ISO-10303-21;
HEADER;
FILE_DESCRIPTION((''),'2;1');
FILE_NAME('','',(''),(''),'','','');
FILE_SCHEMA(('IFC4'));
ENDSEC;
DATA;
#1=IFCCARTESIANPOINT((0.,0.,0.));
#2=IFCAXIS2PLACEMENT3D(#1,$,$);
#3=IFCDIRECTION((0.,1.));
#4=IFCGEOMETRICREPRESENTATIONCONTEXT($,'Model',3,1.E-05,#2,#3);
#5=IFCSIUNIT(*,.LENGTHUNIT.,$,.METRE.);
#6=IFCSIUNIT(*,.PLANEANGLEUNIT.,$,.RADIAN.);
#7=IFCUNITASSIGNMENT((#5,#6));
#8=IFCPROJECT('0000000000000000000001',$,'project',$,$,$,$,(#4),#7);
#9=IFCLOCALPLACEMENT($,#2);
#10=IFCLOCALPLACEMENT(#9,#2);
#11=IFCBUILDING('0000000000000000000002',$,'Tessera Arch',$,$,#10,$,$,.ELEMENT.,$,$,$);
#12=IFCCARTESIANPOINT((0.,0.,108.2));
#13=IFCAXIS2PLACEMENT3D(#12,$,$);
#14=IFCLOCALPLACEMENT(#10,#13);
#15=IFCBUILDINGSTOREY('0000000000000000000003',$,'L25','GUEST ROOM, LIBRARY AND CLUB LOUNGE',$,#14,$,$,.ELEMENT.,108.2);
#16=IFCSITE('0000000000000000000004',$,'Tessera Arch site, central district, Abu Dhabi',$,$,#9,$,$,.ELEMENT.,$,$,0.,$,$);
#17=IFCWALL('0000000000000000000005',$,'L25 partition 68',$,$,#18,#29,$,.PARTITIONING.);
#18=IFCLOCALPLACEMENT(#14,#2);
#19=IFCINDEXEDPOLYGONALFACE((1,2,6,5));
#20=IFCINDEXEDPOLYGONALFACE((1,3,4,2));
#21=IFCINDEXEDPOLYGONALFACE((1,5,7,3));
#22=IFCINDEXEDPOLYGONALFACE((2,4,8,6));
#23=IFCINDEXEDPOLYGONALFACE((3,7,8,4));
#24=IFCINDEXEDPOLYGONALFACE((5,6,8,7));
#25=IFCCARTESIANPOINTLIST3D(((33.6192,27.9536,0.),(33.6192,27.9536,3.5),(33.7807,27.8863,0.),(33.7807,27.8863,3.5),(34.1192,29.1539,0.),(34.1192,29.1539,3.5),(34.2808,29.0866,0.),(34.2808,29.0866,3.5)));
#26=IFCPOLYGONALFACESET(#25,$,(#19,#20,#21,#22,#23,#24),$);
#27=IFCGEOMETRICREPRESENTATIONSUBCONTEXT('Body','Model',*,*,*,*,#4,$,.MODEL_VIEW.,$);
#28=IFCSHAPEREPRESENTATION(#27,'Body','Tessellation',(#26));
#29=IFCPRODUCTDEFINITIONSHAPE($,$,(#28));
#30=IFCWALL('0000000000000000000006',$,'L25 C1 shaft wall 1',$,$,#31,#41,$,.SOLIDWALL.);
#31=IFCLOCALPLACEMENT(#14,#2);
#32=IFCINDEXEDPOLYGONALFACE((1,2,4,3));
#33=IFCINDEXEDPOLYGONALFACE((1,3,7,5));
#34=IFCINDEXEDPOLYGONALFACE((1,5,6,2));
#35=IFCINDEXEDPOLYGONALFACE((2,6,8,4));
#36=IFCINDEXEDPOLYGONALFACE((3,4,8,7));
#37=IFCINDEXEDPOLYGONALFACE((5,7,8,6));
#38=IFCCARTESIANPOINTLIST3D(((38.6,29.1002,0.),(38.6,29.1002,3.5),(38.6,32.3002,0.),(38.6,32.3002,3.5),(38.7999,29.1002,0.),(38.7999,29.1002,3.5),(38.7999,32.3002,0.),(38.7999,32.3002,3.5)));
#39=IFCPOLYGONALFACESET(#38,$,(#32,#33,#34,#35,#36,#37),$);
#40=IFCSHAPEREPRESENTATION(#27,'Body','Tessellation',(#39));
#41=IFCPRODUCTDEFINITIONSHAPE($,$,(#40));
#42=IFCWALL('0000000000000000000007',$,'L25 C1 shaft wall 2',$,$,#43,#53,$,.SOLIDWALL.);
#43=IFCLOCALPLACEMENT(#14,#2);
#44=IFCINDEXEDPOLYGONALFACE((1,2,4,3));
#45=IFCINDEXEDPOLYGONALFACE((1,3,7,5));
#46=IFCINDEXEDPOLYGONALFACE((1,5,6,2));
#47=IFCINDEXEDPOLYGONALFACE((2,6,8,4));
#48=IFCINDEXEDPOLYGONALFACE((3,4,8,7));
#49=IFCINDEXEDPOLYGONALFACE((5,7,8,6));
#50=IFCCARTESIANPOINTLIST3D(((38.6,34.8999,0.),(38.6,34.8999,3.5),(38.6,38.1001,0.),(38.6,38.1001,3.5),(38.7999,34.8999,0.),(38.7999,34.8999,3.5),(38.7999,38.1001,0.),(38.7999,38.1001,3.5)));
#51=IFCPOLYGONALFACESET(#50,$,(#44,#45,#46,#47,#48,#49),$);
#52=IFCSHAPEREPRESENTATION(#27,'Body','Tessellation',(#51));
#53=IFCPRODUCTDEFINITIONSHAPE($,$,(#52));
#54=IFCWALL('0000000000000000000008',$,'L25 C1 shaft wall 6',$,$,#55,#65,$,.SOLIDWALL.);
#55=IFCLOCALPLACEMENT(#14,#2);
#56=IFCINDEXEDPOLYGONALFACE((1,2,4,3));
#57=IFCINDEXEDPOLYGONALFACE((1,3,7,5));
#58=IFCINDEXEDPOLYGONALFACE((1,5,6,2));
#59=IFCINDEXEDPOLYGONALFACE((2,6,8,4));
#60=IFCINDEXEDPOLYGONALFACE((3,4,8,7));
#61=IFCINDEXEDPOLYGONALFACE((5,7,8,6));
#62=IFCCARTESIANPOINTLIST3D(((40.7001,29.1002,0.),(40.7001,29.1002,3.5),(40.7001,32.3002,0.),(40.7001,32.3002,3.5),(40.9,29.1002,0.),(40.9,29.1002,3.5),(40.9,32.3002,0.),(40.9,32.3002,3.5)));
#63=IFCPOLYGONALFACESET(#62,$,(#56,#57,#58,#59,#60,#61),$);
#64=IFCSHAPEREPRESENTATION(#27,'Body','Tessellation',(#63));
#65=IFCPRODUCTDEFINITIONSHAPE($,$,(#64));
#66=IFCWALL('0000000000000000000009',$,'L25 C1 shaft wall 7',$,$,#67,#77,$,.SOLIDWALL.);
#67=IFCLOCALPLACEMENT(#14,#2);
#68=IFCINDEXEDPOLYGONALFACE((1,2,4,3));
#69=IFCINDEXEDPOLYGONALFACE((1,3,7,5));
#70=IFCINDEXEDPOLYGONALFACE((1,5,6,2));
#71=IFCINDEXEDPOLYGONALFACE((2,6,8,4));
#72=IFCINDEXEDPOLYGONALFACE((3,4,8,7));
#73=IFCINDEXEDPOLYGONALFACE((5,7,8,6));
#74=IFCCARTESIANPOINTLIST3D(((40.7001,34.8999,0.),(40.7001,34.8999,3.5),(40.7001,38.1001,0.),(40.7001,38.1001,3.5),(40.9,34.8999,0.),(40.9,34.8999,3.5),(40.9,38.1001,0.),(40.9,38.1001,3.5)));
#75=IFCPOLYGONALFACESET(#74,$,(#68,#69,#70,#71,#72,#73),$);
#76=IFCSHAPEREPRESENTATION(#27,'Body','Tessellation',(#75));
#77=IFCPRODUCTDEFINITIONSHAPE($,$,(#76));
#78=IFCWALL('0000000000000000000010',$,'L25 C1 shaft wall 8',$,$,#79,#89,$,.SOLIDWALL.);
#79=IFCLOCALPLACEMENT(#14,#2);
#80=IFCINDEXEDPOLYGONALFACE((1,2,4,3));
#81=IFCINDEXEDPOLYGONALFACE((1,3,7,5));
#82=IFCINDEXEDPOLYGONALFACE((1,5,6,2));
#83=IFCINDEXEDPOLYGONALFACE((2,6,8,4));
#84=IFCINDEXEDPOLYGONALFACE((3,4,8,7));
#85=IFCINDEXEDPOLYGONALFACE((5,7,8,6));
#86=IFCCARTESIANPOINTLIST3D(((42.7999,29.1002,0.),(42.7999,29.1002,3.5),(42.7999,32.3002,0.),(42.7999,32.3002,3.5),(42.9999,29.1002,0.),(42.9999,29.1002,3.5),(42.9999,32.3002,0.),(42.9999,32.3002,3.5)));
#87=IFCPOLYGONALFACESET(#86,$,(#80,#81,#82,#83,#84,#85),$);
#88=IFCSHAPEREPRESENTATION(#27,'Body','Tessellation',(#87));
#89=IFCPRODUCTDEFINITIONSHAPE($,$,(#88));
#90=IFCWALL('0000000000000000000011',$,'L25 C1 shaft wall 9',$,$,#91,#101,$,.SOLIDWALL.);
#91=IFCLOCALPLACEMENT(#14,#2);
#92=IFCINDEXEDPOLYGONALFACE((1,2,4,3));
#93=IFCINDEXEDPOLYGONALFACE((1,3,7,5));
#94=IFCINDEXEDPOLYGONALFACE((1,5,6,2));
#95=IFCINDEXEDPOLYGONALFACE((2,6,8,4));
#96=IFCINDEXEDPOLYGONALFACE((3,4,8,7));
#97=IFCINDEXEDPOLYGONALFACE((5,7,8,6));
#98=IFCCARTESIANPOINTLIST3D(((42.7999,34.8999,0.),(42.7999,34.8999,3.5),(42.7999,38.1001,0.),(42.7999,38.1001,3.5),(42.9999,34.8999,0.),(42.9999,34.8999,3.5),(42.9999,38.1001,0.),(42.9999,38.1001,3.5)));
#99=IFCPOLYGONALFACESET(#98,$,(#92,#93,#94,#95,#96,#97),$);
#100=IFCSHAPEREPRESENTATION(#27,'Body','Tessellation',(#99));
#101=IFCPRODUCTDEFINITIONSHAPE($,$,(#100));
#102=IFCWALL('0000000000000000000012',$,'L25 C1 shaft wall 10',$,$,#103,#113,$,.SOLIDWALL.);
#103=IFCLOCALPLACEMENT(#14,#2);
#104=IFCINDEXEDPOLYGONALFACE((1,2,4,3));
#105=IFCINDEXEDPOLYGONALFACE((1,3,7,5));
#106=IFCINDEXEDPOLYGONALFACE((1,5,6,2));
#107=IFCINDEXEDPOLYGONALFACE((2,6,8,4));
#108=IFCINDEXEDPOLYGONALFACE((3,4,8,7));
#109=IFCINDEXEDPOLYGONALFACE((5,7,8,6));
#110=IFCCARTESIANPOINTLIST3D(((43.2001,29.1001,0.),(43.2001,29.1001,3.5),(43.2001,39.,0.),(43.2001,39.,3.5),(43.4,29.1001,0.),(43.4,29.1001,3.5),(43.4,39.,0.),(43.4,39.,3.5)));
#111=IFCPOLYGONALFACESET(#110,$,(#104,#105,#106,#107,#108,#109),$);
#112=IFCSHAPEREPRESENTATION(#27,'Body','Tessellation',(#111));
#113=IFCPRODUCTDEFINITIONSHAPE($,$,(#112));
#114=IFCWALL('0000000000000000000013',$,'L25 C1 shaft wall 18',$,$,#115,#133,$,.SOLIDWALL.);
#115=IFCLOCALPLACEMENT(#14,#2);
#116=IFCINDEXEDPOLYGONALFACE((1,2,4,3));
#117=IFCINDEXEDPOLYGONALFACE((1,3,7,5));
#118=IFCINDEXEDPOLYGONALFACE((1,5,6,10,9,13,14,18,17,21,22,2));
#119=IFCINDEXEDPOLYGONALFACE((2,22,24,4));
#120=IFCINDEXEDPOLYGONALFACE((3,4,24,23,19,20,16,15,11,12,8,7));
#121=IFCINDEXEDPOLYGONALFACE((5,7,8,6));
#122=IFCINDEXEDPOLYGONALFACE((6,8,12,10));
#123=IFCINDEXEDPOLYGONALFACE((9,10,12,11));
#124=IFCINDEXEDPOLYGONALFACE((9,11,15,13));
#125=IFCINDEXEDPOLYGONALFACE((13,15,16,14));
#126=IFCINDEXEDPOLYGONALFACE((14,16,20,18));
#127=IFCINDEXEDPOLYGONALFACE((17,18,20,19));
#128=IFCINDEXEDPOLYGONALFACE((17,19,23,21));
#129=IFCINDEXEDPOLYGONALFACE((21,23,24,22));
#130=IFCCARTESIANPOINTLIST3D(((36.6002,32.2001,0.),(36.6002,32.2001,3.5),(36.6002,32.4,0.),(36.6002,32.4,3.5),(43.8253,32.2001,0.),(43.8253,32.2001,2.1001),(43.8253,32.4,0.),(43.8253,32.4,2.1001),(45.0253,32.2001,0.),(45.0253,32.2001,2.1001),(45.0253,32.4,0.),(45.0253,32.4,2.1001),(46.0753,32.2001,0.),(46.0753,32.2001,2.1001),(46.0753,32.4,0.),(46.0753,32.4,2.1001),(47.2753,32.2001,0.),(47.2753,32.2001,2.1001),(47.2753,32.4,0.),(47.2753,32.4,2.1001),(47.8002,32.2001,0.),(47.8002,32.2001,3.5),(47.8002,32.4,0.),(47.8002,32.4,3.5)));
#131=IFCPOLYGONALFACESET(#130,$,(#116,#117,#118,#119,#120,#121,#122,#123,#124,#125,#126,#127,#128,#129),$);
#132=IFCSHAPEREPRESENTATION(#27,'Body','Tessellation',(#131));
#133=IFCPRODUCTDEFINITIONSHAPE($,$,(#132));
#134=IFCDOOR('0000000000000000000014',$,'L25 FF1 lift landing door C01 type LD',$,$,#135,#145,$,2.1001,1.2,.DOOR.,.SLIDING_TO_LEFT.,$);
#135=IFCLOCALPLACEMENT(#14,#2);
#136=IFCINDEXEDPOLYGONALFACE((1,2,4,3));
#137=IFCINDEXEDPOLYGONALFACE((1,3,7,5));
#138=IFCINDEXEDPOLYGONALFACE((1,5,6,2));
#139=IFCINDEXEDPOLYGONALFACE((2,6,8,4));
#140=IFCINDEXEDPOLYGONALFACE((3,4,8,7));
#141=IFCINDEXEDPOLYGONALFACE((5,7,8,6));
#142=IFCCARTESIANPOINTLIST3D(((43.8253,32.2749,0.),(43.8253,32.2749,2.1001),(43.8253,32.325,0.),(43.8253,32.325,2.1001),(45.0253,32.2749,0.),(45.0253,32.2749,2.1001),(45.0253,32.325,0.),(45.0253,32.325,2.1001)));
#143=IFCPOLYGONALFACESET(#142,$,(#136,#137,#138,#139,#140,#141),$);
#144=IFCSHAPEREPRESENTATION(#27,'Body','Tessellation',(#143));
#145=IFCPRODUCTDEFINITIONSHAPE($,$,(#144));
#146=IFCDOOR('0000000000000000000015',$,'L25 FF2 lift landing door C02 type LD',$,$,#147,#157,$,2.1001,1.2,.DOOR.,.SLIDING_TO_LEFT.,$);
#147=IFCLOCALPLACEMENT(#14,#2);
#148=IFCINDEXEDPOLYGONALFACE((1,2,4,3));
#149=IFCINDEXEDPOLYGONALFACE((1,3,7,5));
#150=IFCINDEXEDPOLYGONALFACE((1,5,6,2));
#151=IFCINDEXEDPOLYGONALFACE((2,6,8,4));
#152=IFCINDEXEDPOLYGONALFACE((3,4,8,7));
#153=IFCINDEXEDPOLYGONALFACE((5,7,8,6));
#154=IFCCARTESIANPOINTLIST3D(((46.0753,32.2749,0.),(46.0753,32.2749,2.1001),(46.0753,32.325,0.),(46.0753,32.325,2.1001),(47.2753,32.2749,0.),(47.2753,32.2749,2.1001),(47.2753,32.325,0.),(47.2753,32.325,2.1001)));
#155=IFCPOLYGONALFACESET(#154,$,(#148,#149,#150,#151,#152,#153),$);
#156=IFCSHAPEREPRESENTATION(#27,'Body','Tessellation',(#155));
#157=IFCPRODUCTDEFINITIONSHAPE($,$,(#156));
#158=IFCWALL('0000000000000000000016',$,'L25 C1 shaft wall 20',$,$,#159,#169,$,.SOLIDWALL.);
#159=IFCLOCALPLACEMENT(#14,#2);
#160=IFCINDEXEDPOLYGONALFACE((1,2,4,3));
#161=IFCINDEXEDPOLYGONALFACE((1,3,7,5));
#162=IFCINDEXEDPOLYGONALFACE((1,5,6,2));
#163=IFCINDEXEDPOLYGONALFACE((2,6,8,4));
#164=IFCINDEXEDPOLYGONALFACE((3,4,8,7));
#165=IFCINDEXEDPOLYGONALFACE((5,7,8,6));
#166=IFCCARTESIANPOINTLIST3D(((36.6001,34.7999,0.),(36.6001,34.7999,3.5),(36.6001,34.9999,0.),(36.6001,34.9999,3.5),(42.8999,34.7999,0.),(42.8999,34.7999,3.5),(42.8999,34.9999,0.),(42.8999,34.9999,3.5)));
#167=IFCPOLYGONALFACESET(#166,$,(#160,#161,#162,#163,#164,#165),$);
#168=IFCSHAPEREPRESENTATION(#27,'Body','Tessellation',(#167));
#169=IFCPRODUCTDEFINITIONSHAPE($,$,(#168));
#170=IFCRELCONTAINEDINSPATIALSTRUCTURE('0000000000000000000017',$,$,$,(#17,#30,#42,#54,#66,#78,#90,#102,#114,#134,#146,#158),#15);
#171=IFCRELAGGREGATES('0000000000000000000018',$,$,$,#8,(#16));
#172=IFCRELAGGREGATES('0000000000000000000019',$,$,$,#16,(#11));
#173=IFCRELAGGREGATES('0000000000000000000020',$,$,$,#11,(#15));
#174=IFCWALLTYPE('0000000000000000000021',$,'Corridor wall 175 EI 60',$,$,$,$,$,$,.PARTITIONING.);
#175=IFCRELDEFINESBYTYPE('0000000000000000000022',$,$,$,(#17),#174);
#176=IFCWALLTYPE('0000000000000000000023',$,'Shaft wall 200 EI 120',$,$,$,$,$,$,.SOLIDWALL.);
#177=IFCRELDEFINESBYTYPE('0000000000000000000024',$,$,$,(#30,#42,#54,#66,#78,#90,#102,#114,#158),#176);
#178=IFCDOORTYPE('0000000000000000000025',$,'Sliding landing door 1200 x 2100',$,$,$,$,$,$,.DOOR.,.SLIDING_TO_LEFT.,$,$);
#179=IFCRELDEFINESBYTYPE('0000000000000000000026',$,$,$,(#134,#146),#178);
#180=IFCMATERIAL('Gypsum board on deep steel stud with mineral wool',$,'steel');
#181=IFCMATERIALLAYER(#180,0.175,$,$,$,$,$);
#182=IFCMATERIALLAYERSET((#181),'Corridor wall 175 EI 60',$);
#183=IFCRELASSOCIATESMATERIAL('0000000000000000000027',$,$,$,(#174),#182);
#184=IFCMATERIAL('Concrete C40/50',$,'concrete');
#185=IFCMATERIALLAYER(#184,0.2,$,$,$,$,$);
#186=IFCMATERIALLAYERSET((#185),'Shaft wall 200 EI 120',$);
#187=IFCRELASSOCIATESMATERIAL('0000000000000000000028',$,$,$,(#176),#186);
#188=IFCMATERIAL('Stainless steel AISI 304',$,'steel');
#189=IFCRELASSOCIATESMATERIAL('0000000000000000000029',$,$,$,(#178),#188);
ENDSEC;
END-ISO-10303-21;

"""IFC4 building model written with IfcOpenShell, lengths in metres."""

from ifc_helpers import new_model, si_unit, direction, frame, frame_2d, origin, place, context, subcontext, project, spatial, rectangle, extrude, material, layer, layer_set, type_object, element, fill, save


model = new_model("IFC4")

# Units and contexts
model_context = context("Model", 3, precision=1e-05, world=origin(), true_north=direction((0.0, 1.0)))
body_context = subcontext(model_context, "Body", "Model", "MODEL_VIEW")
ifc_project = project(units=[si_unit("LENGTHUNIT", "METRE"), si_unit("PLANEANGLEUNIT", "RADIAN")], contexts=[model_context])

# Site, building, storey
site_placement = place(None, origin())
site = spatial("IfcSite", under=ifc_project, at=site_placement, Name="Tessera Arch site, central district, Abu Dhabi", CompositionType="ELEMENT", RefElevation=0.0)
building_placement = place(site_placement, origin())
building = spatial("IfcBuilding", under=site, at=building_placement, Name="Tessera Arch", CompositionType="ELEMENT")
storey_placement = place(building_placement, frame((0.0, 0.0, 108.2)))
storey = spatial("IfcBuildingStorey", under=building, at=storey_placement, Name="L25", Description="GUEST ROOM, LIBRARY AND CLUB LOUNGE", CompositionType="ELEMENT", Elevation=108.2)

# Shared definitions
ifc_material_1 = material(Name="Gypsum board on deep steel stud with mineral wool", Category="steel")
ifc_layer_1 = layer(ifc_material_1, 0.175)
ifc_layer_set_1 = layer_set([ifc_layer_1], Name="Corridor wall 175 EI 60")
wall_type_1 = type_object("IfcWallType", Name="Corridor wall 175 EI 60", PredefinedType="PARTITIONING", material=ifc_layer_set_1)

# Walls
wall_1_placement = place(storey_placement, frame((33.7, 27.9199, 0.0), z_axis=(0.0, 0.0, 1.0), x_axis=(0.384562, 0.923099, 0.0)))
element("IfcWall", 1, at=wall_1_placement, inside=storey, type_object=wall_type_1, Name="L25 partition 68", PredefinedType="PARTITIONING", context=body_context, shape_type="SweptSolid", body=[
    extrude(rectangle(XDim=1.3003, YDim=0.175, at=frame_2d((0.6501, 0.0))), origin(), (0.0, 0.0, 1.0), 3.5),
])
ifc_material_2 = material(Name="Concrete C40/50", Category="concrete")
ifc_layer_2 = layer(ifc_material_2, 0.2)
ifc_layer_set_2 = layer_set([ifc_layer_2], Name="Shaft wall 200 EI 120")
wall_type_2 = type_object("IfcWallType", Name="Shaft wall 200 EI 120", PredefinedType="SOLIDWALL", material=ifc_layer_set_2)
wall_2_placement = place(storey_placement, frame((38.7, 29.1001, 0.0), z_axis=(0.0, 0.0, 1.0), x_axis=(0.0, 1.0, 0.0)))
element("IfcWall", 2, at=wall_2_placement, inside=storey, type_object=wall_type_2, Name="L25 C1 shaft wall 1", PredefinedType="SOLIDWALL", context=body_context, shape_type="SweptSolid", body=[
    extrude(rectangle(XDim=3.2, YDim=0.2, at=frame_2d((1.6001, 0.0))), origin(), (0.0, 0.0, 1.0), 3.5),
])
wall_3_placement = place(storey_placement, frame((38.7, 34.8999, 0.0), z_axis=(0.0, 0.0, 1.0), x_axis=(0.0, 1.0, 0.0)))
element("IfcWall", 3, at=wall_3_placement, inside=storey, type_object=wall_type_2, Name="L25 C1 shaft wall 2", PredefinedType="SOLIDWALL", context=body_context, shape_type="SweptSolid", body=[
    extrude(rectangle(XDim=3.2002, YDim=0.2, at=frame_2d((1.6001, 0.0))), origin(), (0.0, 0.0, 1.0), 3.5),
])
wall_4_placement = place(storey_placement, frame((40.8, 29.1001, 0.0), z_axis=(0.0, 0.0, 1.0), x_axis=(0.0, 1.0, 0.0)))
element("IfcWall", 4, at=wall_4_placement, inside=storey, type_object=wall_type_2, Name="L25 C1 shaft wall 6", PredefinedType="SOLIDWALL", context=body_context, shape_type="SweptSolid", body=[
    extrude(rectangle(XDim=3.2, YDim=0.2, at=frame_2d((1.6001, 0.0))), origin(), (0.0, 0.0, 1.0), 3.5),
])
wall_5_placement = place(storey_placement, frame((40.8, 34.8999, 0.0), z_axis=(0.0, 0.0, 1.0), x_axis=(0.0, 1.0, 0.0)))
element("IfcWall", 5, at=wall_5_placement, inside=storey, type_object=wall_type_2, Name="L25 C1 shaft wall 7", PredefinedType="SOLIDWALL", context=body_context, shape_type="SweptSolid", body=[
    extrude(rectangle(XDim=3.2002, YDim=0.2, at=frame_2d((1.6001, 0.0))), origin(), (0.0, 0.0, 1.0), 3.5),
])
wall_6_placement = place(storey_placement, frame((42.8999, 29.1001, 0.0), z_axis=(0.0, 0.0, 1.0), x_axis=(0.0, 1.0, 0.0)))
element("IfcWall", 6, at=wall_6_placement, inside=storey, type_object=wall_type_2, Name="L25 C1 shaft wall 8", PredefinedType="SOLIDWALL", context=body_context, shape_type="SweptSolid", body=[
    extrude(rectangle(XDim=3.2, YDim=0.2, at=frame_2d((1.6001, 0.0))), origin(), (0.0, 0.0, 1.0), 3.5),
])
wall_7_placement = place(storey_placement, frame((42.8999, 34.8999, 0.0), z_axis=(0.0, 0.0, 1.0), x_axis=(0.0, 1.0, 0.0)))
element("IfcWall", 7, at=wall_7_placement, inside=storey, type_object=wall_type_2, Name="L25 C1 shaft wall 9", PredefinedType="SOLIDWALL", context=body_context, shape_type="SweptSolid", body=[
    extrude(rectangle(XDim=3.2002, YDim=0.2, at=frame_2d((1.6001, 0.0))), origin(), (0.0, 0.0, 1.0), 3.5),
])
wall_8_placement = place(storey_placement, frame((43.3, 29.1001, 0.0), z_axis=(0.0, 0.0, 1.0), x_axis=(0.0, 1.0, 0.0)))
element("IfcWall", 8, at=wall_8_placement, inside=storey, type_object=wall_type_2, Name="L25 C1 shaft wall 10", PredefinedType="SOLIDWALL", context=body_context, shape_type="SweptSolid", body=[
    extrude(rectangle(XDim=9.8999, YDim=0.2, at=frame_2d((4.95, 0.0))), origin(), (0.0, 0.0, 1.0), 3.5),
])

# Wall, openings, doors
wall_9_placement = place(storey_placement, frame((36.6001, 32.3, 0.0), z_axis=(0.0, 0.0, 1.0), x_axis=(1.0, 0.0, 0.0)))
wall_9 = element("IfcWall", 9, at=wall_9_placement, inside=storey, type_object=wall_type_2, Name="L25 C1 shaft wall 18", PredefinedType="SOLIDWALL", context=body_context, shape_type="SweptSolid", body=[
    extrude(rectangle(XDim=11.2, YDim=0.2, at=frame_2d((5.6001, 0.0))), origin(), (0.0, 0.0, 1.0), 3.5),
])
opening_1_placement = place(wall_9_placement, frame((7.2251, 0.0, 0.0)))
opening_1 = element("IfcOpeningElement", 10, at=opening_1_placement, cuts=wall_9, PredefinedType="OPENING", context=body_context, shape_type="SweptSolid", body=[
    extrude(rectangle(XDim=1.2, YDim=2.1001, at=frame_2d((0.6001, 1.05))), frame((0.0, 0.1099, 0.0), z_axis=(0.0, -1.0, 0.0), x_axis=(1.0, 0.0, 0.0)), (0.0, 0.0, 1.0), 0.22),
])
opening_2_placement = place(wall_9_placement, frame((9.4751, 0.0, 0.0)))
opening_2 = element("IfcOpeningElement", 11, at=opening_2_placement, cuts=wall_9, PredefinedType="OPENING", context=body_context, shape_type="SweptSolid", body=[
    extrude(rectangle(XDim=1.2, YDim=2.1001, at=frame_2d((0.6001, 1.05))), frame((0.0, 0.1099, 0.0), z_axis=(0.0, -1.0, 0.0), x_axis=(1.0, 0.0, 0.0)), (0.0, 0.0, 1.0), 0.22),
])
ifc_material_3 = material(Name="Stainless steel AISI 304", Category="steel")
door_type_1 = type_object("IfcDoorType", Name="Sliding landing door 1200 x 2100", OperationType="SLIDING_TO_LEFT", PredefinedType="DOOR", material=ifc_material_3)
door_1_placement = place(opening_1_placement, origin())
door_1 = element("IfcDoor", 12, at=door_1_placement, inside=storey, type_object=door_type_1, Name="L25 FF1 lift landing door C01 type LD", OperationType="SLIDING_TO_LEFT", OverallHeight=2.1001, OverallWidth=1.2, PredefinedType="DOOR", context=body_context, shape_type="SweptSolid", body=[
    extrude(rectangle(XDim=1.2, YDim=2.1001, at=frame_2d((0.6001, 1.05))), frame((0.0, 0.0249, 0.0), z_axis=(0.0, -1.0, 0.0), x_axis=(1.0, 0.0, 0.0)), (0.0, 0.0, 1.0), 0.05),
])
fill(opening_1, door_1)
door_2_placement = place(opening_2_placement, origin())
door_2 = element("IfcDoor", 13, at=door_2_placement, inside=storey, type_object=door_type_1, Name="L25 FF2 lift landing door C02 type LD", OperationType="SLIDING_TO_LEFT", OverallHeight=2.1001, OverallWidth=1.2, PredefinedType="DOOR", context=body_context, shape_type="SweptSolid", body=[
    extrude(rectangle(XDim=1.2, YDim=2.1001, at=frame_2d((0.6001, 1.05))), frame((0.0, 0.0249, 0.0), z_axis=(0.0, -1.0, 0.0), x_axis=(1.0, 0.0, 0.0)), (0.0, 0.0, 1.0), 0.05),
])
fill(opening_2, door_2)

# Wall
wall_10_placement = place(storey_placement, frame((36.6001, 34.8999, 0.0), z_axis=(0.0, 0.0, 1.0), x_axis=(1.0, 0.0, 0.0)))
element("IfcWall", 14, at=wall_10_placement, inside=storey, type_object=wall_type_2, Name="L25 C1 shaft wall 20", PredefinedType="SOLIDWALL", context=body_context, shape_type="SweptSolid", body=[
    extrude(rectangle(XDim=6.2998, YDim=0.2, at=frame_2d((3.1499, 0.0))), origin(), (0.0, 0.0, 1.0), 3.5),
])

save(model, "model.ifc")
